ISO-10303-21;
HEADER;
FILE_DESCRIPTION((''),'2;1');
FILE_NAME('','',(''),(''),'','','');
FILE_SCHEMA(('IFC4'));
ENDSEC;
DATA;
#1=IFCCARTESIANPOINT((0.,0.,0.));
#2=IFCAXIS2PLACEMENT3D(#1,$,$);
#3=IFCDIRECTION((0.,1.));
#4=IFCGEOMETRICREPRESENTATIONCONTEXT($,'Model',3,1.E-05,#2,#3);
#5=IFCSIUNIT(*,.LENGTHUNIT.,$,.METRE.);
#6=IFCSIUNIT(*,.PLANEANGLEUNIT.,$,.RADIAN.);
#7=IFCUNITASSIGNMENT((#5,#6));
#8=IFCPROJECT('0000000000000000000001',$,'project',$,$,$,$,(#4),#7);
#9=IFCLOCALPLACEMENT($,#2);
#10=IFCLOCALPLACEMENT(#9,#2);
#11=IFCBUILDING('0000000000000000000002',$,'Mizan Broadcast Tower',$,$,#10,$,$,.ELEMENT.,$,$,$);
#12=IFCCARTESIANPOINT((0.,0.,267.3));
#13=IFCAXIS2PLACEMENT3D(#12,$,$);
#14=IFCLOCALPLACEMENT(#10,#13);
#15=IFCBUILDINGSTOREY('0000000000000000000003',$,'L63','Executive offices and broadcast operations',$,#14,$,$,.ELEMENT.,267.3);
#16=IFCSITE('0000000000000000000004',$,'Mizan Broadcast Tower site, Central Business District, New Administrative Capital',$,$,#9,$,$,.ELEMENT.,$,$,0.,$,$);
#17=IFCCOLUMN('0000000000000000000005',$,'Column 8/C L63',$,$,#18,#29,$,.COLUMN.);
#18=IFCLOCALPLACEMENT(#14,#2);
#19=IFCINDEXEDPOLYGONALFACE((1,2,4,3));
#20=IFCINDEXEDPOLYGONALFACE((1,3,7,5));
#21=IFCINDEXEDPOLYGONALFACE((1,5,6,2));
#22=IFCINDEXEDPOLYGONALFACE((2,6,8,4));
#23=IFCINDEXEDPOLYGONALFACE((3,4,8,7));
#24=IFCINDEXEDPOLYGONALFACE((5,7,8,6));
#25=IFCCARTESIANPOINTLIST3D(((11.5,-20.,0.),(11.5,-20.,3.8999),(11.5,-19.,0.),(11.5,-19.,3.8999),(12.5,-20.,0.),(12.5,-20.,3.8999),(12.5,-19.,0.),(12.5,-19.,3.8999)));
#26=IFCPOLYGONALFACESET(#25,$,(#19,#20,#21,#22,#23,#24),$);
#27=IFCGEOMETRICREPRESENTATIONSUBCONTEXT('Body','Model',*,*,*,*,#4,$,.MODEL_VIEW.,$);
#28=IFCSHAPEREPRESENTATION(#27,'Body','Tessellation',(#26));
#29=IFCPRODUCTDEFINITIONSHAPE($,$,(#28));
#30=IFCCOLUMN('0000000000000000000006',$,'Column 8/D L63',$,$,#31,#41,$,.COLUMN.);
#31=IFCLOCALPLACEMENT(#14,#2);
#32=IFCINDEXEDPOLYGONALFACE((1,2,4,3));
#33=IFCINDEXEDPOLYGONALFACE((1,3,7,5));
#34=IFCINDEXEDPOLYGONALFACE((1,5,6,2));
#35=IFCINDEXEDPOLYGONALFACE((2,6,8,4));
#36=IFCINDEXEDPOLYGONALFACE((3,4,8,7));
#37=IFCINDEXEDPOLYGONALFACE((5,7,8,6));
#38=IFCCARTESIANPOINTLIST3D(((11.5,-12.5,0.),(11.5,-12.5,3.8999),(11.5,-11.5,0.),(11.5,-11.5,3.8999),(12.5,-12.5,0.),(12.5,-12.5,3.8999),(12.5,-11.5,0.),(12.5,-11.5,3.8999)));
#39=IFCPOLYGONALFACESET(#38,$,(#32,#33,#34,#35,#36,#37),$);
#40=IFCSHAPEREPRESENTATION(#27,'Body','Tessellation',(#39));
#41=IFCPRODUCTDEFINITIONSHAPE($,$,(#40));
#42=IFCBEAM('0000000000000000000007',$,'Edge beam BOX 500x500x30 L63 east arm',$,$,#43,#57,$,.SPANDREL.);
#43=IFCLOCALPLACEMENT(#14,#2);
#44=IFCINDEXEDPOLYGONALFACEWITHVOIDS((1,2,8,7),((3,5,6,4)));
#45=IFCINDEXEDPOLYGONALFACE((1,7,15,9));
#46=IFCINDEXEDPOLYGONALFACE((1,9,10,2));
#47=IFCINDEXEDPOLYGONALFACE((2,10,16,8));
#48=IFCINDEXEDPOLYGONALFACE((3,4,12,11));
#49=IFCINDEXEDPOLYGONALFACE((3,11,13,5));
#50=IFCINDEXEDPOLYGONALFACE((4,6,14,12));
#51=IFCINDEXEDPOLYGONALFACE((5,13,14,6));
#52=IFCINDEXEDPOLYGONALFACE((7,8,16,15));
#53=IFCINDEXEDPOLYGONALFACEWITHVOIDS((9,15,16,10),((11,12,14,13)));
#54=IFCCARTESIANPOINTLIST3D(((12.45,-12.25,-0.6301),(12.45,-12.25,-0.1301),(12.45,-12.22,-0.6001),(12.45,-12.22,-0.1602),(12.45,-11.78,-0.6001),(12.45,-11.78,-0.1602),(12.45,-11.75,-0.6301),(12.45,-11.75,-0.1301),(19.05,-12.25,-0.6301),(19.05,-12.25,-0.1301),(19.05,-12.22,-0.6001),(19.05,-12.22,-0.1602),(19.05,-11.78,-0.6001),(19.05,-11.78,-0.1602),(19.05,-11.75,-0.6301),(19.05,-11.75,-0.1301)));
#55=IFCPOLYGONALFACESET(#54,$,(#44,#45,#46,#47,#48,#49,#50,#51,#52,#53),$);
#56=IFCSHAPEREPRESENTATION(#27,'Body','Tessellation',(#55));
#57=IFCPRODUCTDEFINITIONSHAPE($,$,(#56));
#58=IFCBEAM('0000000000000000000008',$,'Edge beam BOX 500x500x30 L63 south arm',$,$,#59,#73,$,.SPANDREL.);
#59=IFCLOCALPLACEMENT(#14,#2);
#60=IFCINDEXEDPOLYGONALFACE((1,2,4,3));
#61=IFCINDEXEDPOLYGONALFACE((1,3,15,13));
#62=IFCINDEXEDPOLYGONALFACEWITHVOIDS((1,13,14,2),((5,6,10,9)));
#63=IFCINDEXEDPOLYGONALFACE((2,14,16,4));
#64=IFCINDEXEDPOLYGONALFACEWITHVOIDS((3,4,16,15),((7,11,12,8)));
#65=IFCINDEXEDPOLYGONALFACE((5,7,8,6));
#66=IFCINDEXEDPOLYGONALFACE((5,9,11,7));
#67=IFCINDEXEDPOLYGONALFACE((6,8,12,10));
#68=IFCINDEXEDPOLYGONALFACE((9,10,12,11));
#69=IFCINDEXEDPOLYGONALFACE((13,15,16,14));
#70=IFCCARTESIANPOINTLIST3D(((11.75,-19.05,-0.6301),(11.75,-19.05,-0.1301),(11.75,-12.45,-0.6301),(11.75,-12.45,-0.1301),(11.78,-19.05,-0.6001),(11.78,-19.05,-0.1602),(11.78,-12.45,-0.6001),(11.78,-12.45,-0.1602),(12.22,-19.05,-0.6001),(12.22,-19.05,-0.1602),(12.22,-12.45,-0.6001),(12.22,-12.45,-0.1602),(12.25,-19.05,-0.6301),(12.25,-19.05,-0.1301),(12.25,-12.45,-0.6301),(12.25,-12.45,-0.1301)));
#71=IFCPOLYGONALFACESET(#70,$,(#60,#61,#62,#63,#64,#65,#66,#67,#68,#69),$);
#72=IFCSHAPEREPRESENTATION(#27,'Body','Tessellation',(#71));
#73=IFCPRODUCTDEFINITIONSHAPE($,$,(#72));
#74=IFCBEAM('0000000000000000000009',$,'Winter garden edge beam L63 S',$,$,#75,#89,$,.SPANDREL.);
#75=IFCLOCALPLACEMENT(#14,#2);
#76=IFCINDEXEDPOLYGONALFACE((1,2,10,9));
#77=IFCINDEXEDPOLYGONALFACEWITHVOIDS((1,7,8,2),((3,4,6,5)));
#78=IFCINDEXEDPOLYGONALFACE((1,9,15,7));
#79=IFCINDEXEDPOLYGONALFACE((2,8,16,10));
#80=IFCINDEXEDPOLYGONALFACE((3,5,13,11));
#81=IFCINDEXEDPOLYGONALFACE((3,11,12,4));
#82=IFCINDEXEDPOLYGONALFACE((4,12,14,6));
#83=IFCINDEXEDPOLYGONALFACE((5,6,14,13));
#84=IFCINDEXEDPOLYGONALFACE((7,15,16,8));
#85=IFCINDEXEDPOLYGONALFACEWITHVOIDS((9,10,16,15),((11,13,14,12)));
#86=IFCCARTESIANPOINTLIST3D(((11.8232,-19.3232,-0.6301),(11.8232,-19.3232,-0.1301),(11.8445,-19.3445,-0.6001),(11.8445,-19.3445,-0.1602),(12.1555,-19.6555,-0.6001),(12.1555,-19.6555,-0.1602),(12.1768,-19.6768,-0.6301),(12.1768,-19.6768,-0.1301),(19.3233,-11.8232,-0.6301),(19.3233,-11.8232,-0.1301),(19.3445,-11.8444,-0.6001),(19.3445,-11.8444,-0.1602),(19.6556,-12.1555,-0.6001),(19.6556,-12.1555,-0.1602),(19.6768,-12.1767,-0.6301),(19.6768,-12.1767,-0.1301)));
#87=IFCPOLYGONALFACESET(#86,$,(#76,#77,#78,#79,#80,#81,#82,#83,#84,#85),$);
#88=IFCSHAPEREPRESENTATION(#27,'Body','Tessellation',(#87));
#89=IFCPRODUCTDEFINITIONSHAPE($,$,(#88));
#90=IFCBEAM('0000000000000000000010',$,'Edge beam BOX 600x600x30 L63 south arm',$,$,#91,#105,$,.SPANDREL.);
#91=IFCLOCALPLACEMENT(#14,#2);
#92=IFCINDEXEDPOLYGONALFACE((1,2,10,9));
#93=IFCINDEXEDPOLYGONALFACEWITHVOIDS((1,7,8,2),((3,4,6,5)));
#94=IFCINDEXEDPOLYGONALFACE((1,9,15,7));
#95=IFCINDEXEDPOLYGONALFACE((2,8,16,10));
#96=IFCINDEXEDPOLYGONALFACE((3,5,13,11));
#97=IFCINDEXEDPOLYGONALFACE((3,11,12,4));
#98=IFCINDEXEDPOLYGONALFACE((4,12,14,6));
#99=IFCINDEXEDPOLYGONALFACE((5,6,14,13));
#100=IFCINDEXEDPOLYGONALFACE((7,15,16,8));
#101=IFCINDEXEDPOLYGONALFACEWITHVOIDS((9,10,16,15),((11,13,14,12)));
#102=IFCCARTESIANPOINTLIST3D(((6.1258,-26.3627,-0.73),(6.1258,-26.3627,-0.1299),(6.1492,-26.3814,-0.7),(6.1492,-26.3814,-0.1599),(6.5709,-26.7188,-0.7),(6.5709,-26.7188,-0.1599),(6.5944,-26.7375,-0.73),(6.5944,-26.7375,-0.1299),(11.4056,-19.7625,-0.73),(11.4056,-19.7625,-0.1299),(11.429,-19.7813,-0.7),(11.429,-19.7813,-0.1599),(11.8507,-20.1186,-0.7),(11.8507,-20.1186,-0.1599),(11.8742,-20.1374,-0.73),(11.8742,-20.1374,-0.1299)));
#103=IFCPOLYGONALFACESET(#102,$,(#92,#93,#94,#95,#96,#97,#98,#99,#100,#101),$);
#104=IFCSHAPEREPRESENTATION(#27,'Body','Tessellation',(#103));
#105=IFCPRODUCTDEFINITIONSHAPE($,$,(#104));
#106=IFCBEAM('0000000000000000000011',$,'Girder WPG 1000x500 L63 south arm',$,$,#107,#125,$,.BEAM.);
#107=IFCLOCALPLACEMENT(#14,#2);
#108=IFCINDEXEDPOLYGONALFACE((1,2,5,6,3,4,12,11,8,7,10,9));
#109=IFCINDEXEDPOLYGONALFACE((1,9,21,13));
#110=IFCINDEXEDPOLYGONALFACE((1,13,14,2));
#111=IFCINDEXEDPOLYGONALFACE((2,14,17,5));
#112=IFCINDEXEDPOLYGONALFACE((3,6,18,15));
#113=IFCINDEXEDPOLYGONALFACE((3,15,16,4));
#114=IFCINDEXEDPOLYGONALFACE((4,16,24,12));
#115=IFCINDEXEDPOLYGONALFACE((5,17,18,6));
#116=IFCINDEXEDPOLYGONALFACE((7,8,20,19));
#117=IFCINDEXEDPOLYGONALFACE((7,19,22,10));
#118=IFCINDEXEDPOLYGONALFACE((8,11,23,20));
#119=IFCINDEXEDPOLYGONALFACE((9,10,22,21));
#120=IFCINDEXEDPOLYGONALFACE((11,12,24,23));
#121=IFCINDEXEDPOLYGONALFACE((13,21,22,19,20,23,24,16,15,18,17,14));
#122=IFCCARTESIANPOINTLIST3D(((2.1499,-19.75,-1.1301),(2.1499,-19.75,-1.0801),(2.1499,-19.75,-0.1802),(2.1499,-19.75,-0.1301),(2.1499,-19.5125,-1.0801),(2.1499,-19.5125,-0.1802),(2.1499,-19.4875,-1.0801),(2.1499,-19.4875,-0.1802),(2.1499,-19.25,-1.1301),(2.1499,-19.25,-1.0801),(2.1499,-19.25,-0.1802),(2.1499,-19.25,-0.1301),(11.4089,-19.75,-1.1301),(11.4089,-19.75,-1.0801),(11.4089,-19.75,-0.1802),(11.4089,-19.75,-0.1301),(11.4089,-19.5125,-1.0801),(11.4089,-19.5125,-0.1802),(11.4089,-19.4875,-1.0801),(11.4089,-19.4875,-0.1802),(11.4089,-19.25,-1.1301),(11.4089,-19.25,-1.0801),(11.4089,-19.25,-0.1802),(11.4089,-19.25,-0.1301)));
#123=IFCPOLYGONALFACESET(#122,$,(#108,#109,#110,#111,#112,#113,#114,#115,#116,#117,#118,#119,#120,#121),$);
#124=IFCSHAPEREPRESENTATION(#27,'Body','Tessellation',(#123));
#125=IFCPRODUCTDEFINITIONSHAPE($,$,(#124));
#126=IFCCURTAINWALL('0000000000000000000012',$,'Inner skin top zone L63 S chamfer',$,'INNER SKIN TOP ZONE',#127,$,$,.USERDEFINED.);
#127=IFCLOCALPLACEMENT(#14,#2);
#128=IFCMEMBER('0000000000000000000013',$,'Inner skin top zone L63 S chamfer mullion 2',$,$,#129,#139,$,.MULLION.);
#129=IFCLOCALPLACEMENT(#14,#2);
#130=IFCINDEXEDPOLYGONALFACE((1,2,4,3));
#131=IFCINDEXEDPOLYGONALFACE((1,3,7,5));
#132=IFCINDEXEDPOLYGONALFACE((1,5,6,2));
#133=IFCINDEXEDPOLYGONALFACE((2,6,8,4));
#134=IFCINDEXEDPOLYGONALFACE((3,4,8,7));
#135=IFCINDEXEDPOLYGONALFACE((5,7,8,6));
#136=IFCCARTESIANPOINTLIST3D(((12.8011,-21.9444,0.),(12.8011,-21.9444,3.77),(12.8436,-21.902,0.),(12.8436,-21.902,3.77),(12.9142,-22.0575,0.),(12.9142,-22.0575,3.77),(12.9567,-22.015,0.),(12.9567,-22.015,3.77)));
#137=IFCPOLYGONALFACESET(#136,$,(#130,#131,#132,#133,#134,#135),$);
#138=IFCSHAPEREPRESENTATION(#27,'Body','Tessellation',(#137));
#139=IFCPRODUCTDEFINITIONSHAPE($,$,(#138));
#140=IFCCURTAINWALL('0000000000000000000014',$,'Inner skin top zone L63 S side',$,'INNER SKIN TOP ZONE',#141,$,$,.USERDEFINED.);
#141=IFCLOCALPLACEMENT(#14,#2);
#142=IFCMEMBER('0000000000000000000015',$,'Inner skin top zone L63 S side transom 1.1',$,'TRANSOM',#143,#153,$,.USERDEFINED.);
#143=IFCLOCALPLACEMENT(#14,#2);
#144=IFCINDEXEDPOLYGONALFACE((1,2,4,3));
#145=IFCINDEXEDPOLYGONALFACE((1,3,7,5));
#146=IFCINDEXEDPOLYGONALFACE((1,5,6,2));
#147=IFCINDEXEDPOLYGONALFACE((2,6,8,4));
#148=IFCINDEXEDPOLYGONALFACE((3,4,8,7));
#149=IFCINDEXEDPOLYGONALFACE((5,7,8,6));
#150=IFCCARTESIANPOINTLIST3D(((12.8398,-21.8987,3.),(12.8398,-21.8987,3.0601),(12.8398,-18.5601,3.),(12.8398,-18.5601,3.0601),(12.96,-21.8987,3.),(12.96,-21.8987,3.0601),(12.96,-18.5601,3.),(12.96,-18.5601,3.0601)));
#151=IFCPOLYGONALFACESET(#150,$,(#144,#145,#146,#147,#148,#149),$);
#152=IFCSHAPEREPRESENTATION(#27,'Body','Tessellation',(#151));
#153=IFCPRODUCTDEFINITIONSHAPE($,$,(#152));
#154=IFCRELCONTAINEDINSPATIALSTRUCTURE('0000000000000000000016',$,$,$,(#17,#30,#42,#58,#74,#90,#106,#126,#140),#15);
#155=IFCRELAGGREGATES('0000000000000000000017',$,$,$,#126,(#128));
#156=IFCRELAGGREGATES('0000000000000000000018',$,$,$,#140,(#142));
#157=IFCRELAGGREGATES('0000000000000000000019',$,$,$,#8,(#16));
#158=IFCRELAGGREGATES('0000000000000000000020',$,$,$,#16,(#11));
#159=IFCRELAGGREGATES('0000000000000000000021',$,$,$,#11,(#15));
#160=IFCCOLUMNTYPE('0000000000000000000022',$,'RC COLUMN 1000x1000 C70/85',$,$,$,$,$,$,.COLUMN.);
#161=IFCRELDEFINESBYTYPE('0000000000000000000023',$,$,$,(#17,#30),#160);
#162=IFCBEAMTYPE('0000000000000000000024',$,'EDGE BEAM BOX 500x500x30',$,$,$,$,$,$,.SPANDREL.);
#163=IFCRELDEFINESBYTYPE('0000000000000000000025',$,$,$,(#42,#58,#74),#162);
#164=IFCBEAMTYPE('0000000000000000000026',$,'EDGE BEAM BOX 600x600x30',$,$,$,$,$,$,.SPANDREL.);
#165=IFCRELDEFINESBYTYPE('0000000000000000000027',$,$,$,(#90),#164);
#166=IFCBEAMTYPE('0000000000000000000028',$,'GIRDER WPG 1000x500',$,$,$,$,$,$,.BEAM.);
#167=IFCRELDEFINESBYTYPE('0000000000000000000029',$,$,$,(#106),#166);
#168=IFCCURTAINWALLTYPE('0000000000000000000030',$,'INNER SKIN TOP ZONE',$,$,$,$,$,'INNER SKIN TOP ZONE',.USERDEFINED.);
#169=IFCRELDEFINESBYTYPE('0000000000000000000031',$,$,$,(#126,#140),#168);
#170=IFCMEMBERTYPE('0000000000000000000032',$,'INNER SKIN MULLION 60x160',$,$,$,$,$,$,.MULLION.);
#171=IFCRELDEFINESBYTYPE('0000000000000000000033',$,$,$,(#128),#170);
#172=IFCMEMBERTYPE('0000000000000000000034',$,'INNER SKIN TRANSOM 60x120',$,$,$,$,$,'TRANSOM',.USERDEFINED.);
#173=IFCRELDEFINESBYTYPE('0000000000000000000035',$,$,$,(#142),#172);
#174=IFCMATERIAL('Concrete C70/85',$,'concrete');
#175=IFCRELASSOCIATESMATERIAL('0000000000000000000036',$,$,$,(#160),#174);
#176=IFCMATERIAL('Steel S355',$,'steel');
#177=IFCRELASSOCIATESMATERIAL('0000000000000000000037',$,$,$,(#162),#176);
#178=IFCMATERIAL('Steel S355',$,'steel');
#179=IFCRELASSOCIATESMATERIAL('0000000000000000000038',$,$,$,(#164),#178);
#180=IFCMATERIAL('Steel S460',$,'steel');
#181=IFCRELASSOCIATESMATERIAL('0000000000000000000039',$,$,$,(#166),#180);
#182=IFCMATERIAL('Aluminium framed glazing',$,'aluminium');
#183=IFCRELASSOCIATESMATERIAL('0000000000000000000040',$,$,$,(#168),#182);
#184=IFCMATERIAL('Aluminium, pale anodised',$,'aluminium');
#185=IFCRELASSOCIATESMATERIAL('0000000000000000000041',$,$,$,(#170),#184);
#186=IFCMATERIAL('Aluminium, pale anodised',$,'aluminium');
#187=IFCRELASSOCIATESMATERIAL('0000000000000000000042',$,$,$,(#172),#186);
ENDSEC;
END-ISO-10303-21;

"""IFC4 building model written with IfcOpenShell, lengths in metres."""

from ifc_helpers import new_model, si_unit, direction, frame, origin, origin_2d, place, context, subcontext, project, spatial, rectangle, hollow_rectangle, i_section, extrude, material, material_profile, profile_set, type_object, element, aggregate, save


model = new_model("IFC4")

# Units and contexts
model_context = context("Model", 3, precision=1e-05, world=origin(), true_north=direction((0.0, 1.0)))
body_context = subcontext(model_context, "Body", "Model", "MODEL_VIEW")
ifc_project = project(units=[si_unit("LENGTHUNIT", "METRE"), si_unit("PLANEANGLEUNIT", "RADIAN")], contexts=[model_context])

# Site, building, storey
site_placement = place(None, origin())
site = spatial("IfcSite", under=ifc_project, at=site_placement, Name="Mizan Broadcast Tower site, Central Business District, New Administrative Capital", CompositionType="ELEMENT", RefElevation=0.0)
building_placement = place(site_placement, origin())
building = spatial("IfcBuilding", under=site, at=building_placement, Name="Mizan Broadcast Tower", CompositionType="ELEMENT")
storey_placement = place(building_placement, frame((0.0, 0.0, 267.3)))
storey = spatial("IfcBuildingStorey", under=building, at=storey_placement, Name="L63", Description="Executive offices and broadcast operations", CompositionType="ELEMENT", Elevation=267.3)

# Columns
ifc_material_1 = material(Name="Concrete C70/85", Category="concrete")
ifc_material_profile_1 = material_profile(ifc_material_1, rectangle(XDim=1.0, YDim=1.0, at=origin_2d()), Name="RC 1000x1000")
ifc_profile_set_1 = profile_set([ifc_material_profile_1], Name="Concrete C70/85")
column_type = type_object("IfcColumnType", Name="RC COLUMN 1000x1000 C70/85", PredefinedType="COLUMN", material=ifc_profile_set_1)
for number, where, z_axis, x_axis, name in (
    (1, (12.0, -19.5, 0.0), (0.0, 0.0, 1.0), (1.0, 0.0, 0.0), "Column 8/C L63"),
    (2, (12.0, -12.0, 0.0), (0.0, 0.0, 1.0), (1.0, 0.0, 0.0), "Column 8/D L63"),
):
    element("IfcColumn", number, at=place(storey_placement, frame(where, z_axis=z_axis, x_axis=x_axis)), inside=storey, type_object=column_type, Name=name, PredefinedType="COLUMN", context=body_context, shape_type="SweptSolid", body=[
        extrude(rectangle(XDim=1.0, YDim=1.0, at=origin_2d()), origin(), (0.0, 0.0, 1.0), 3.8999),
    ])

# Beams
ifc_material_2 = material(Name="Steel S355", Category="steel")
ifc_material_profile_2 = material_profile(ifc_material_2, hollow_rectangle(XDim=0.5, YDim=0.5, WallThickness=0.03, at=origin_2d()), Name="BOX 500x500x30")
ifc_profile_set_2 = profile_set([ifc_material_profile_2], Name="Steel S355")
beam_type_1 = type_object("IfcBeamType", Name="EDGE BEAM BOX 500x500x30", PredefinedType="SPANDREL", material=ifc_profile_set_2)
for number, where, z_axis, x_axis, name in (
    (3, (12.45, -12.0, -0.3801), (1.0, 0.0, 0.0), (0.0, 1.0, 0.0), "Edge beam BOX 500x500x30 L63 east arm"),
    (4, (12.0, -12.45, -0.3801), (0.0, -1.0, 0.0), (1.0, 0.0, 0.0), "Edge beam BOX 500x500x30 L63 south arm"),
):
    element("IfcBeam", number, at=place(storey_placement, frame(where, z_axis=z_axis, x_axis=x_axis)), inside=storey, type_object=beam_type_1, Name=name, PredefinedType="SPANDREL", context=body_context, shape_type="SweptSolid", body=[
        extrude(hollow_rectangle(XDim=0.5, YDim=0.5, WallThickness=0.03, at=origin_2d()), origin(), (0.0, 0.0, 1.0), 6.6001),
    ])
beam_1_placement = place(storey_placement, frame((12.0, -19.5, -0.3801), z_axis=(0.707107, 0.707107, 0.0), x_axis=(-0.707107, 0.707107, 0.0)))
element("IfcBeam", 5, at=beam_1_placement, inside=storey, type_object=beam_type_1, Name="Winter garden edge beam L63 S", PredefinedType="SPANDREL", context=body_context, shape_type="SweptSolid", body=[
    extrude(hollow_rectangle(XDim=0.5, YDim=0.5, WallThickness=0.03, at=origin_2d()), origin(), (0.0, 0.0, 1.0), 10.6067),
])
ifc_material_3 = material(Name="Steel S355", Category="steel")
ifc_material_profile_3 = material_profile(ifc_material_3, hollow_rectangle(XDim=0.6001, YDim=0.6001, WallThickness=0.03, at=origin_2d()), Name="BOX 600x600x30")
ifc_profile_set_3 = profile_set([ifc_material_profile_3], Name="Steel S355")
beam_type_2 = type_object("IfcBeamType", Name="EDGE BEAM BOX 600x600x30", PredefinedType="SPANDREL", material=ifc_profile_set_3)
beam_2_placement = place(storey_placement, frame((11.6399, -19.95, -0.4299), z_axis=(-0.624674, -0.780886, 0.0), x_axis=(0.780886, -0.624674, 0.0)))
element("IfcBeam", 6, at=beam_2_placement, inside=storey, type_object=beam_type_2, Name="Edge beam BOX 600x600x30 L63 south arm", PredefinedType="SPANDREL", context=body_context, shape_type="SweptSolid", body=[
    extrude(hollow_rectangle(XDim=0.6001, YDim=0.6001, WallThickness=0.03, at=origin_2d()), origin(), (0.0, 0.0, 1.0), 8.4521),
])
ifc_material_4 = material(Name="Steel S460", Category="steel")
ifc_material_profile_4 = material_profile(ifc_material_4, i_section(OverallWidth=0.5, OverallDepth=1.0, WebThickness=0.0249, FlangeThickness=0.05, at=origin_2d()), Name="WPG 1000x500")
ifc_profile_set_4 = profile_set([ifc_material_profile_4], Name="Steel S460")
beam_type_3 = type_object("IfcBeamType", Name="GIRDER WPG 1000x500", PredefinedType="BEAM", material=ifc_profile_set_4)
beam_3_placement = place(storey_placement, frame((11.4089, -19.5, -0.6301), z_axis=(-1.0, 0.0, 0.0), x_axis=(0.0, -1.0, 0.0)))
element("IfcBeam", 7, at=beam_3_placement, inside=storey, type_object=beam_type_3, Name="Girder WPG 1000x500 L63 south arm", PredefinedType="BEAM", context=body_context, shape_type="SweptSolid", body=[
    extrude(i_section(OverallWidth=0.5, OverallDepth=1.0, WebThickness=0.0249, FlangeThickness=0.05, at=origin_2d()), origin(), (0.0, 0.0, 1.0), 9.259),
])

# Curtain walls, members
ifc_material_5 = material(Name="Aluminium framed glazing", Category="aluminium")
curtain_wall_type = type_object("IfcCurtainWallType", Name="INNER SKIN TOP ZONE", ElementType="INNER SKIN TOP ZONE", PredefinedType="USERDEFINED", material=ifc_material_5)
curtain_wall_1_placement = place(storey_placement, origin())
curtain_wall_1 = element("IfcCurtainWall", 8, at=curtain_wall_1_placement, inside=storey, type_object=curtain_wall_type, Name="Inner skin top zone L63 S chamfer", ObjectType="INNER SKIN TOP ZONE", PredefinedType="USERDEFINED")
ifc_material_6 = material(Name="Aluminium, pale anodised", Category="aluminium")
ifc_material_profile_5 = material_profile(ifc_material_6, rectangle(XDim=0.1599, YDim=0.0601, at=origin_2d()), Name="MULLION 160x60")
ifc_profile_set_5 = profile_set([ifc_material_profile_5], Name="Aluminium, pale anodised")
member_type_1 = type_object("IfcMemberType", Name="INNER SKIN MULLION 60x160", PredefinedType="MULLION", material=ifc_profile_set_5)
member_1_placement = place(storey_placement, frame((12.8789, -21.9797, 0.0), z_axis=(0.0, 0.0, 1.0), x_axis=(-0.707107, 0.707107, 0.0)))
member_1 = element("IfcMember", 9, at=member_1_placement, type_object=member_type_1, Name="Inner skin top zone L63 S chamfer mullion 2", PredefinedType="MULLION", context=body_context, shape_type="SweptSolid", body=[
    extrude(rectangle(XDim=0.1599, YDim=0.0601, at=origin_2d()), origin(), (0.0, 0.0, 1.0), 3.77),
])
aggregate(curtain_wall_1, [member_1])
curtain_wall_2_placement = place(storey_placement, origin())
curtain_wall_2 = element("IfcCurtainWall", 10, at=curtain_wall_2_placement, inside=storey, type_object=curtain_wall_type, Name="Inner skin top zone L63 S side", ObjectType="INNER SKIN TOP ZONE", PredefinedType="USERDEFINED")
ifc_material_7 = material(Name="Aluminium, pale anodised", Category="aluminium")
ifc_material_profile_6 = material_profile(ifc_material_7, rectangle(XDim=0.1201, YDim=0.0601, at=origin_2d()), Name="TRANSOM 120x60")
ifc_profile_set_6 = profile_set([ifc_material_profile_6], Name="Aluminium, pale anodised")
member_type_2 = type_object("IfcMemberType", Name="INNER SKIN TRANSOM 60x120", ElementType="TRANSOM", PredefinedType="USERDEFINED", material=ifc_profile_set_6)
member_2_placement = place(storey_placement, frame((12.8999, -21.8987, 3.03), z_axis=(0.0, 1.0, 0.0), x_axis=(-1.0, 0.0, 0.0)))
member_2 = element("IfcMember", 11, at=member_2_placement, type_object=member_type_2, Name="Inner skin top zone L63 S side transom 1.1", ObjectType="TRANSOM", PredefinedType="USERDEFINED", context=body_context, shape_type="SweptSolid", body=[
    extrude(rectangle(XDim=0.1201, YDim=0.0601, at=origin_2d()), origin(), (0.0, 0.0, 1.0), 3.3386),
])
aggregate(curtain_wall_2, [member_2])

save(model, "model.ifc")
